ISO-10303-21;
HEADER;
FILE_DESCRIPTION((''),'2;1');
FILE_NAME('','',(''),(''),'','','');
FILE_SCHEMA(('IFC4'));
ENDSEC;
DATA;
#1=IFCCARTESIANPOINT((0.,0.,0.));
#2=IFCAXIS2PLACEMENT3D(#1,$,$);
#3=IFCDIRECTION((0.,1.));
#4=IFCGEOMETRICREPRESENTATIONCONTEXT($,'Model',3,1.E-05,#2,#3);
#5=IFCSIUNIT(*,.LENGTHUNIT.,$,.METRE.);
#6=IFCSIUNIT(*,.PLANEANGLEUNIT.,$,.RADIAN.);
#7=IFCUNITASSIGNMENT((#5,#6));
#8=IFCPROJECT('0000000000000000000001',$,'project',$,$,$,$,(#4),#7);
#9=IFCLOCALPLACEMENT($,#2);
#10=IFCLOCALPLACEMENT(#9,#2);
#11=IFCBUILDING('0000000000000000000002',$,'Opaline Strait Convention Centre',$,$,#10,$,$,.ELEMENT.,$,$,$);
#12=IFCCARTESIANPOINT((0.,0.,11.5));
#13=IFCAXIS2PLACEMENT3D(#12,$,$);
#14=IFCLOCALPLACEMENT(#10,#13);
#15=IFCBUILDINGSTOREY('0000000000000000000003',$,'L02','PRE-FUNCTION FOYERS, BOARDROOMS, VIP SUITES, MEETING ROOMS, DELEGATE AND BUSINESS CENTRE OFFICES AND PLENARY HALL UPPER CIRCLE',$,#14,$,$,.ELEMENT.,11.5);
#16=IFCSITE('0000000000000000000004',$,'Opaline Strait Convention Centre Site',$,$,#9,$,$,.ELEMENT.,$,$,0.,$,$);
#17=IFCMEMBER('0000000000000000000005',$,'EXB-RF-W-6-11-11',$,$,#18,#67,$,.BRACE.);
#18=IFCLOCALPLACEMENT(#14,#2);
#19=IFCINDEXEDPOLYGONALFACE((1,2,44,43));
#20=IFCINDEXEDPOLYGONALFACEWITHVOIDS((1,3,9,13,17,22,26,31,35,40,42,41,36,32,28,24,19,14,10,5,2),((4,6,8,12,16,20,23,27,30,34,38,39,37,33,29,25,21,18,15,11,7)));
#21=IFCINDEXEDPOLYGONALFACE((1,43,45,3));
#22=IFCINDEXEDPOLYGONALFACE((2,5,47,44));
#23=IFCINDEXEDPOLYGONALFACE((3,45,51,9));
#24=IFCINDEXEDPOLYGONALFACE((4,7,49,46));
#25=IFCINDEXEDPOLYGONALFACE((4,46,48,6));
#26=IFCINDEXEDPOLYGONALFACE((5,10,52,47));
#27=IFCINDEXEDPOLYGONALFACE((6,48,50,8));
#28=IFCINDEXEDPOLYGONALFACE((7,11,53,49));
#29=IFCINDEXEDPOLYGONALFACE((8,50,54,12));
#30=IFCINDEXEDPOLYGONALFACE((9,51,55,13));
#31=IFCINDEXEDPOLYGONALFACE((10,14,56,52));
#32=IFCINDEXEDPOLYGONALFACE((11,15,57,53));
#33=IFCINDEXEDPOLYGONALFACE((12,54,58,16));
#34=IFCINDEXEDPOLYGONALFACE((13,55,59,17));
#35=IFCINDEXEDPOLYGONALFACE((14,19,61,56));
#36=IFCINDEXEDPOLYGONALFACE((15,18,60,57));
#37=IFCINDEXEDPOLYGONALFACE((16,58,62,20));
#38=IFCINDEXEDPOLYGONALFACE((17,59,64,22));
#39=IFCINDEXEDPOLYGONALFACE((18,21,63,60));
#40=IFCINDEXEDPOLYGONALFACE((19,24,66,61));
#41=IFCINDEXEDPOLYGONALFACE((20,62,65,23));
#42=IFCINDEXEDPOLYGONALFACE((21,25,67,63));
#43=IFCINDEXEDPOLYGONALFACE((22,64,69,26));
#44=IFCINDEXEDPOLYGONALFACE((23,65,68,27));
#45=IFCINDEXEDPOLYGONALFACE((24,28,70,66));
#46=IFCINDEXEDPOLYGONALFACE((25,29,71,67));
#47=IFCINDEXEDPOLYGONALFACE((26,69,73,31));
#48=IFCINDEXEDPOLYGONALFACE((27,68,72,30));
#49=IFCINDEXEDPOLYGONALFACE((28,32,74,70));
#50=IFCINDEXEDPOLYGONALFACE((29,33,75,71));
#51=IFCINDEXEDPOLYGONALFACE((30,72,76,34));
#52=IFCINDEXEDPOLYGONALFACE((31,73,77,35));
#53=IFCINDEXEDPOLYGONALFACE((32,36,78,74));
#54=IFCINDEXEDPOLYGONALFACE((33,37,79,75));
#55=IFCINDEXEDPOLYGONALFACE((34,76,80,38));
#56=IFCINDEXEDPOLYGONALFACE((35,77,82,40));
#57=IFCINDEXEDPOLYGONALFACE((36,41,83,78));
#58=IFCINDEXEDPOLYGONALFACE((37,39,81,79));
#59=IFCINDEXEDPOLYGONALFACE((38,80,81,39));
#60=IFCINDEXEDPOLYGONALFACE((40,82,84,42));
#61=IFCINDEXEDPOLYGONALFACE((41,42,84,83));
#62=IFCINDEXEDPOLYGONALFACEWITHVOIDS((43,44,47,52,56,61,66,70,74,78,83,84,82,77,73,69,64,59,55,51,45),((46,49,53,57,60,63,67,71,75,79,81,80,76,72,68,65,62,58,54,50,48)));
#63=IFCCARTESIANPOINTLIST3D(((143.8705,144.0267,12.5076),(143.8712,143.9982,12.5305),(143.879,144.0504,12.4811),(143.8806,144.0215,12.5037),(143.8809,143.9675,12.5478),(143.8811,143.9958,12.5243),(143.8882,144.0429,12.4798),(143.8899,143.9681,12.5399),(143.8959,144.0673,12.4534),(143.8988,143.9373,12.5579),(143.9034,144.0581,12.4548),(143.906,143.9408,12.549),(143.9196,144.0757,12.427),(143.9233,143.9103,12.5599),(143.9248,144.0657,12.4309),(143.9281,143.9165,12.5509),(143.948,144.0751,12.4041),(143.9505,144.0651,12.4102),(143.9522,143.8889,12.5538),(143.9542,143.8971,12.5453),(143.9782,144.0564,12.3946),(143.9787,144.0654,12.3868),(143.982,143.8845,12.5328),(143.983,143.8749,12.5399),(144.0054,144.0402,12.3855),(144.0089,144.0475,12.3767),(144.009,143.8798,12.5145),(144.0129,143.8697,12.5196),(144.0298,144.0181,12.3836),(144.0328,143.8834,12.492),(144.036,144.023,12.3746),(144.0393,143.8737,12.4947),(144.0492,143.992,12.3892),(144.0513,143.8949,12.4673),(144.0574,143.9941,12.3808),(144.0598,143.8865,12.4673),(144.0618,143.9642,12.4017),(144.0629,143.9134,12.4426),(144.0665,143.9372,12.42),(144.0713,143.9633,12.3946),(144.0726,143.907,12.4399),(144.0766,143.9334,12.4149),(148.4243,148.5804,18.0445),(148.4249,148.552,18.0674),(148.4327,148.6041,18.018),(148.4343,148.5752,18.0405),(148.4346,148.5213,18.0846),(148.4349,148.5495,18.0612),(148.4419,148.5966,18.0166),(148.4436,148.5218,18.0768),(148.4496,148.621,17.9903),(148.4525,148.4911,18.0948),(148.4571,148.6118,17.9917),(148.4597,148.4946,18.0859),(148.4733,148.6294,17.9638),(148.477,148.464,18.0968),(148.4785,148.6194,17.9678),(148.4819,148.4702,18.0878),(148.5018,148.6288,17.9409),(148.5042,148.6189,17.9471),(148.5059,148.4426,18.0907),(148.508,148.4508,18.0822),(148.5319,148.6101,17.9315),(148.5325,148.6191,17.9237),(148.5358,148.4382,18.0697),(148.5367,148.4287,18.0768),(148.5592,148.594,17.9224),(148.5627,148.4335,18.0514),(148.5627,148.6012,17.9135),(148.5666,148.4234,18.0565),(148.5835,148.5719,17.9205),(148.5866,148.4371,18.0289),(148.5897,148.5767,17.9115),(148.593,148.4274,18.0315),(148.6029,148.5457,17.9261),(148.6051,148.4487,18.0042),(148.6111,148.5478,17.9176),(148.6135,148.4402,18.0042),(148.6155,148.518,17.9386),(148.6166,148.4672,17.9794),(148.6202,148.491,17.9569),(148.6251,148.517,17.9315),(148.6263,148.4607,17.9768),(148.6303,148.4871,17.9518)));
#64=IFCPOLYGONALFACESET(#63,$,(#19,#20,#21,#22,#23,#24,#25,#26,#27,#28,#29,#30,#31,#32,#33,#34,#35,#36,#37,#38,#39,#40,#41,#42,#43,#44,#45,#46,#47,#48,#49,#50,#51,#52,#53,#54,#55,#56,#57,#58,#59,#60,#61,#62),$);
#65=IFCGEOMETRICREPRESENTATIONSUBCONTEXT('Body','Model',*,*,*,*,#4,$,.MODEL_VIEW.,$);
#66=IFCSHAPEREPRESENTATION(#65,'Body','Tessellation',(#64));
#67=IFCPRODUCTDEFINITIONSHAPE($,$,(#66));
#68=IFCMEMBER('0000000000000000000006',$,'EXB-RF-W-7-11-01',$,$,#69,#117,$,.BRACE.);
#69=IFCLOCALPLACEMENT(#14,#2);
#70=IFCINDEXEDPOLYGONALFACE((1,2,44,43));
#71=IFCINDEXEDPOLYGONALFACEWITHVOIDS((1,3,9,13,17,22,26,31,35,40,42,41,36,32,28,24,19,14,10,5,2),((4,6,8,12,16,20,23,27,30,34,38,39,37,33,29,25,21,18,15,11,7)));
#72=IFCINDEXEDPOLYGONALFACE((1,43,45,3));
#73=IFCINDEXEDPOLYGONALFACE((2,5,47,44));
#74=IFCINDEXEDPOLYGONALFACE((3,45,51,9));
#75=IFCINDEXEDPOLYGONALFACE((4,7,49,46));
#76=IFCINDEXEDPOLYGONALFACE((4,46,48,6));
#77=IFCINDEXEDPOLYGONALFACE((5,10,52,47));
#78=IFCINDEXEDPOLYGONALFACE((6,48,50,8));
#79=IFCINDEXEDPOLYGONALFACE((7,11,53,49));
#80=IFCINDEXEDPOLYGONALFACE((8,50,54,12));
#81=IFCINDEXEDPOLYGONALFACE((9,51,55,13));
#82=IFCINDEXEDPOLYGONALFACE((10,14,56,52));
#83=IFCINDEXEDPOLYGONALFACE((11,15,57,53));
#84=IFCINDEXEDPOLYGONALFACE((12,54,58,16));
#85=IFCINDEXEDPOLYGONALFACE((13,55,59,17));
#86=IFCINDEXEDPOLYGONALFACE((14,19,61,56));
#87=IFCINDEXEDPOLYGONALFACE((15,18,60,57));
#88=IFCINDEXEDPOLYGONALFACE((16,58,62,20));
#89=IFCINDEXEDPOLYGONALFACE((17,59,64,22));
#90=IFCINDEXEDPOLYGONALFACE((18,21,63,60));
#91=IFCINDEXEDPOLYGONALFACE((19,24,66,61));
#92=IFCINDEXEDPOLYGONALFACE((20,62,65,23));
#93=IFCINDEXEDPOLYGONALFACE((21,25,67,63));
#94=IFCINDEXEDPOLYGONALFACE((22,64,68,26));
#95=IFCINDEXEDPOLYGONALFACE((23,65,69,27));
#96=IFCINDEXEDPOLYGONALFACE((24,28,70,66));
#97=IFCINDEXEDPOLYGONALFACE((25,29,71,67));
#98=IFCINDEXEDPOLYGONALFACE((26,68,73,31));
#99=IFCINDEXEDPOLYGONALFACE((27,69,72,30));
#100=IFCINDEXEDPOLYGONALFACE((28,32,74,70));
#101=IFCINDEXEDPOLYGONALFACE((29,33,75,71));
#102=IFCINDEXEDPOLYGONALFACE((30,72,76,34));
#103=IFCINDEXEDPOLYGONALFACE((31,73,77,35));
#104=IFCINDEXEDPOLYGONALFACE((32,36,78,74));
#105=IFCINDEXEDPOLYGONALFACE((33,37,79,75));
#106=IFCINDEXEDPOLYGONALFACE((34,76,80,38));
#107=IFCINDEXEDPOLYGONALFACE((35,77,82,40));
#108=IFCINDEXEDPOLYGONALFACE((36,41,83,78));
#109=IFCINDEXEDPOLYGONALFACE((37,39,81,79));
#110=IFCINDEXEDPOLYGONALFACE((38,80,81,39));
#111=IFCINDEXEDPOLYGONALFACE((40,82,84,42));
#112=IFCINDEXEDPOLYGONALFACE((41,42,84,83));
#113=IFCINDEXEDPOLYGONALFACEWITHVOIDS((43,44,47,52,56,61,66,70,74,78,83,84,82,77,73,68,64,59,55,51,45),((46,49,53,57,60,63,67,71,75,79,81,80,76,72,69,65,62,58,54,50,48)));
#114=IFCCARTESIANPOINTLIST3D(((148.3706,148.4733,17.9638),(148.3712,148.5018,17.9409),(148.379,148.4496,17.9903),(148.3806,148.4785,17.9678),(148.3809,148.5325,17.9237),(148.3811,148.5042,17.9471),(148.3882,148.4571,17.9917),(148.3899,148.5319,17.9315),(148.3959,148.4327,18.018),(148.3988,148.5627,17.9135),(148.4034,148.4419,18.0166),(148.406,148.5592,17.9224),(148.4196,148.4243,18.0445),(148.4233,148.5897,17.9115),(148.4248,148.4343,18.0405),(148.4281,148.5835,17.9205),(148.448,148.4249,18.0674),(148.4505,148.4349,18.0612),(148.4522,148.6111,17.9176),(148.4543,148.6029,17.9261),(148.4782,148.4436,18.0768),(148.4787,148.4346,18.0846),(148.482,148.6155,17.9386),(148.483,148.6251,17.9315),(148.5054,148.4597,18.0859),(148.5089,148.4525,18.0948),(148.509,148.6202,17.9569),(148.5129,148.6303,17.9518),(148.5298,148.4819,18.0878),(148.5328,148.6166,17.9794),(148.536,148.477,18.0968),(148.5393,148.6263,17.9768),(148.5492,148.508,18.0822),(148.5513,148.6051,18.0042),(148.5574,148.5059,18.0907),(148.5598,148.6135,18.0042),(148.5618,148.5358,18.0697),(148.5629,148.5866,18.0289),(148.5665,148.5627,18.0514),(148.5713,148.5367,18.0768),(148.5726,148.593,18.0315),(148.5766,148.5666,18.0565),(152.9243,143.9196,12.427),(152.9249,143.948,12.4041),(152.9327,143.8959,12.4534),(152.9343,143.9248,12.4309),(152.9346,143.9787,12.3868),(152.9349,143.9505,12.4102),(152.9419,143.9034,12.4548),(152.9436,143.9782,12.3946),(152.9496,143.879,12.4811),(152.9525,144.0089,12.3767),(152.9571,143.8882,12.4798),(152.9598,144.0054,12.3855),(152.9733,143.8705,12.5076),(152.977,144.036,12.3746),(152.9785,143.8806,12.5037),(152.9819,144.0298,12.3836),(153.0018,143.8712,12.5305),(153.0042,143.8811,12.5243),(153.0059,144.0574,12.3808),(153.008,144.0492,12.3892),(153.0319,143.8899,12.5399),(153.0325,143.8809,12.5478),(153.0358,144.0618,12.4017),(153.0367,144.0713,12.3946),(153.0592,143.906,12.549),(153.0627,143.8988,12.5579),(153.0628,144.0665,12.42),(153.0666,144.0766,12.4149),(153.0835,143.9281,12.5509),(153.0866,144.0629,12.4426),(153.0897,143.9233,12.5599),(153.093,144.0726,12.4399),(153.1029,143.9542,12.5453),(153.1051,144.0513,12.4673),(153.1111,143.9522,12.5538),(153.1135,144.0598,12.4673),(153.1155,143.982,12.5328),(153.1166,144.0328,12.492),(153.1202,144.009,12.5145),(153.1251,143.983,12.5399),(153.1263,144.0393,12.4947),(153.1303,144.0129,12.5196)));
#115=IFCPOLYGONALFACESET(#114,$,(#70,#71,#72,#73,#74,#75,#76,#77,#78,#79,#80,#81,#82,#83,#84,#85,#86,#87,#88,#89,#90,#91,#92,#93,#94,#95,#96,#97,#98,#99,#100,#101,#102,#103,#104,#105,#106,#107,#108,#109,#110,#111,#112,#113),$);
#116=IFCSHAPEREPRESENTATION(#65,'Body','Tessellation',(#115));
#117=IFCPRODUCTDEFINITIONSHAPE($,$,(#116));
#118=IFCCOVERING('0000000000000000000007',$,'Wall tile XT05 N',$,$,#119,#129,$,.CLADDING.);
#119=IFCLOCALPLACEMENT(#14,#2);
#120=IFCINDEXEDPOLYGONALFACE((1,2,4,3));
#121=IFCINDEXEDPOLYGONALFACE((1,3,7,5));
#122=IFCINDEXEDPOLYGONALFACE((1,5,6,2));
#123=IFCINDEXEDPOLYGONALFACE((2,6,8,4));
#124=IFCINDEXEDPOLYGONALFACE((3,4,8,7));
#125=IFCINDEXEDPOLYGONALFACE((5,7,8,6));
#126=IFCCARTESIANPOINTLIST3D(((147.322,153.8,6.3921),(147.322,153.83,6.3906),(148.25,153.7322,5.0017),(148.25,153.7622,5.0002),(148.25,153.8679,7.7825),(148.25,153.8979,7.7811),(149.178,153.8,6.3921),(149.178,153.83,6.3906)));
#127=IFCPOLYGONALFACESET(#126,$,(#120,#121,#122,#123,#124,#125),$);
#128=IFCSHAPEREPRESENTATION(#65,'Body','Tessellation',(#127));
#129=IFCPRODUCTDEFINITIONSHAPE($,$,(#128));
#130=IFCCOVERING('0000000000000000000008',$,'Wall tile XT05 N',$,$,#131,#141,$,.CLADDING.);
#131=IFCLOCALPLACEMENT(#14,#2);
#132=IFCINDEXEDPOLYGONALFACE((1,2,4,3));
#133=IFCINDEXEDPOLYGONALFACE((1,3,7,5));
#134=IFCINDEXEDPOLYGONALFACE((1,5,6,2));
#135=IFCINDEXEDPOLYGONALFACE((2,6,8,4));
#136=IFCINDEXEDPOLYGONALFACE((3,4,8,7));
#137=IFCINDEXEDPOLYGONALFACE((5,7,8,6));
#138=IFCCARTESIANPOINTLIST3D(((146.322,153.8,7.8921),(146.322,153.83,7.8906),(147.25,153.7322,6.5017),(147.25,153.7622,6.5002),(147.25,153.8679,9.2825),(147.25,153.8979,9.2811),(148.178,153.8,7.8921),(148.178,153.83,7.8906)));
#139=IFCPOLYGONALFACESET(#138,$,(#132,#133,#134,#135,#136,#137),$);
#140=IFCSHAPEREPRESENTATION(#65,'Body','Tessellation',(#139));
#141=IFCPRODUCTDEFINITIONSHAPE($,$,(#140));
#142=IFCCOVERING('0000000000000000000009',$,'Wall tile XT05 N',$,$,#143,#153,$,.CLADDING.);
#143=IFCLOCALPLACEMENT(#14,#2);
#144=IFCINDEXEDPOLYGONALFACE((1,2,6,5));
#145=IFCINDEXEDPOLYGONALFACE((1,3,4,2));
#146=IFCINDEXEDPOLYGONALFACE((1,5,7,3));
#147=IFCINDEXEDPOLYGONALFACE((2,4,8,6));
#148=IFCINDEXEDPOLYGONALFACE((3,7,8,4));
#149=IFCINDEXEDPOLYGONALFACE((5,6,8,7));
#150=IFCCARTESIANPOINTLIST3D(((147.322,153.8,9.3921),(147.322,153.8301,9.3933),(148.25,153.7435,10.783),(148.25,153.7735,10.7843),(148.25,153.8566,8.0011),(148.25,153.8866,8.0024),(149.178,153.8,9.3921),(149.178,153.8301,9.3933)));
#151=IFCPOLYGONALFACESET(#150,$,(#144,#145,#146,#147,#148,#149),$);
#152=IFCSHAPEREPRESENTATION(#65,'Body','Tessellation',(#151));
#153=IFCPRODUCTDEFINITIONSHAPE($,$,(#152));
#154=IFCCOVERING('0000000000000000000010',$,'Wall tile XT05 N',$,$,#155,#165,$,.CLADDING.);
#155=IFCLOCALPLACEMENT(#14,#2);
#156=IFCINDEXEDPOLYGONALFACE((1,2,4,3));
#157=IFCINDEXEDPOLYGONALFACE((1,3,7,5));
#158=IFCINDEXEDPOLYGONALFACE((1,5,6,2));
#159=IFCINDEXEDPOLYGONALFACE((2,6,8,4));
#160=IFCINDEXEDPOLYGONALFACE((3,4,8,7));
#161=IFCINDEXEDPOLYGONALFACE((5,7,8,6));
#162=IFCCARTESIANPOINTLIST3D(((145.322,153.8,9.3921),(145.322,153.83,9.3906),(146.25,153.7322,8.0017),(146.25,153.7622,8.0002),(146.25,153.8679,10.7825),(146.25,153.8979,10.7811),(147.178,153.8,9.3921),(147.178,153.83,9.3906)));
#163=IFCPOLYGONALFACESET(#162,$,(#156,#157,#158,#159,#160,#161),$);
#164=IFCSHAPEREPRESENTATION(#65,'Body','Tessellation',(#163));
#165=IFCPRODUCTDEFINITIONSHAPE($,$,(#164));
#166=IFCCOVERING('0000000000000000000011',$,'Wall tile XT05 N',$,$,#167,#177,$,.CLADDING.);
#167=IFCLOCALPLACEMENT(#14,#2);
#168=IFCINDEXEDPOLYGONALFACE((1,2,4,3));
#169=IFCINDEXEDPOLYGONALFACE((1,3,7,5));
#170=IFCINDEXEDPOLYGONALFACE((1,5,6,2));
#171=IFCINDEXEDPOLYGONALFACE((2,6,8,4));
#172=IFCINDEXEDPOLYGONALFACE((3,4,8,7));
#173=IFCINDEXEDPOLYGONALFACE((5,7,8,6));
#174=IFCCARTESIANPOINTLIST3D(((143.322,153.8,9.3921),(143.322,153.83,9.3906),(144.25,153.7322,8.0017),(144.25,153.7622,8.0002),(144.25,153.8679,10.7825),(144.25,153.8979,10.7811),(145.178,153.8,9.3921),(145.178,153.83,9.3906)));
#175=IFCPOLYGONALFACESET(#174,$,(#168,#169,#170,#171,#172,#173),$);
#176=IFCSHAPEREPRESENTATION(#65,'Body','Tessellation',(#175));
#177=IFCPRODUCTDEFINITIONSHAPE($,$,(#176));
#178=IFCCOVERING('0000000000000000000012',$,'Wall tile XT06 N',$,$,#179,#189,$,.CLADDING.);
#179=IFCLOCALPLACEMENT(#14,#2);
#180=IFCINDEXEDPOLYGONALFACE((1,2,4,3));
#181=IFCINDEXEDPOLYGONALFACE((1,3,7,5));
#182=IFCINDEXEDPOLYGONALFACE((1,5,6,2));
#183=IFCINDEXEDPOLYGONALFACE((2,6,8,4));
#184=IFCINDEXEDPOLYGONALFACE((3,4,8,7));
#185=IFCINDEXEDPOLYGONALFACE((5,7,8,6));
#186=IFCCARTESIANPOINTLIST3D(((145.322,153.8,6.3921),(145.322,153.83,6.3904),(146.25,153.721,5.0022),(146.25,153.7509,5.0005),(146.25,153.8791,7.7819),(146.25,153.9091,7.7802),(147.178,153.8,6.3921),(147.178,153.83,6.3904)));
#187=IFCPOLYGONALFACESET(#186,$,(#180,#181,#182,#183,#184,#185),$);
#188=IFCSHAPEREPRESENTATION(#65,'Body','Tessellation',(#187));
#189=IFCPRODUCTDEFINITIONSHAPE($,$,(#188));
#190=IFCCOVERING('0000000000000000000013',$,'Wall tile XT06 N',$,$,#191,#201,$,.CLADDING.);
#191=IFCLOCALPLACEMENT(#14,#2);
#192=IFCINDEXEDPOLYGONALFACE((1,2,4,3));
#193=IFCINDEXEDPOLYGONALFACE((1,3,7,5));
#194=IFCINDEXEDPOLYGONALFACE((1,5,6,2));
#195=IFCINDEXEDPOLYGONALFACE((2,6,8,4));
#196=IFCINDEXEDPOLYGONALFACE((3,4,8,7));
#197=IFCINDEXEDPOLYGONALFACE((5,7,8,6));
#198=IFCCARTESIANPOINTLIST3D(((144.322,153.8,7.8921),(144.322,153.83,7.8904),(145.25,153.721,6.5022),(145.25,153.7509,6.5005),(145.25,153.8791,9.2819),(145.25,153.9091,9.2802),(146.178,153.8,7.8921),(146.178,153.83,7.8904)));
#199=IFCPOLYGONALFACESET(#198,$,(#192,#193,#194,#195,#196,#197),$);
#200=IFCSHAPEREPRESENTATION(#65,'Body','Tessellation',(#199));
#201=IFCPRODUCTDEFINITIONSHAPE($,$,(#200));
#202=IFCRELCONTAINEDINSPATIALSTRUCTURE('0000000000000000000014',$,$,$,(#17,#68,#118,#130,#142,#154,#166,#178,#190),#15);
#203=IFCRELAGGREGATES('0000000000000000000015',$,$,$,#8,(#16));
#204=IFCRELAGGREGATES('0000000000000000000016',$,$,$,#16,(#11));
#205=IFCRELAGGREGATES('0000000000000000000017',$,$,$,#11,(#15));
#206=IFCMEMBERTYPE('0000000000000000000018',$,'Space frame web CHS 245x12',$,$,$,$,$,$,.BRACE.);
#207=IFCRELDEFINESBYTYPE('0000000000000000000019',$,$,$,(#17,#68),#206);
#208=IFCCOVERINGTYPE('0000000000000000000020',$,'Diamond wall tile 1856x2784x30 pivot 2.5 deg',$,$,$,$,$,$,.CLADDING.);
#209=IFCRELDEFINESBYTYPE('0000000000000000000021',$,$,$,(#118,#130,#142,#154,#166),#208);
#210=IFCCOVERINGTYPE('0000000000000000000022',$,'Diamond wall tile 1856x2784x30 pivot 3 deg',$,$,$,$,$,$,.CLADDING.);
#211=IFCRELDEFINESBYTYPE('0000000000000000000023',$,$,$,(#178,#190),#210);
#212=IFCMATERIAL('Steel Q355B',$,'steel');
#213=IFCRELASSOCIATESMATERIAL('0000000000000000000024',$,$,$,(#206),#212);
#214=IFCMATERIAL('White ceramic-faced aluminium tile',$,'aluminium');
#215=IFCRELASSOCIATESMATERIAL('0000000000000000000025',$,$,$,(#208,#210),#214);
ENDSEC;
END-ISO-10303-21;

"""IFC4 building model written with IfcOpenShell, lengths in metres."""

from ifc_helpers import new_model, si_unit, direction, frame, origin, origin_2d, place, context, subcontext, project, spatial, polyline, hollow_circle, outline, extrude, material, material_profile, profile_set, type_object, element, save


model = new_model("IFC4")

# Units and contexts
model_context = context("Model", 3, precision=1e-05, world=origin(), true_north=direction((0.0, 1.0)))
body_context = subcontext(model_context, "Body", "Model", "MODEL_VIEW")
ifc_project = project(units=[si_unit("LENGTHUNIT", "METRE"), si_unit("PLANEANGLEUNIT", "RADIAN")], contexts=[model_context])

# Site, building, storey
site_placement = place(None, origin())
site = spatial("IfcSite", under=ifc_project, at=site_placement, Name="Opaline Strait Convention Centre Site", CompositionType="ELEMENT", RefElevation=0.0)
building_placement = place(site_placement, origin())
building = spatial("IfcBuilding", under=site, at=building_placement, Name="Opaline Strait Convention Centre", CompositionType="ELEMENT")
storey_placement = place(building_placement, frame((0.0, 0.0, 11.5)))
storey = spatial("IfcBuildingStorey", under=building, at=storey_placement, Name="L02", Description="PRE-FUNCTION FOYERS, BOARDROOMS, VIP SUITES, MEETING ROOMS, DELEGATE AND BUSINESS CENTRE OFFICES AND PLENARY HALL UPPER CIRCLE", CompositionType="ELEMENT", Elevation=11.5)

# Members
ifc_material_1 = material(Name="Steel Q355B", Category="steel")
ifc_material_profile_1 = material_profile(ifc_material_1, hollow_circle(Radius=0.1226, WallThickness=0.012, at=origin_2d()), Name="CHS 245x12")
ifc_profile_set_1 = profile_set([ifc_material_profile_1], Name="Steel Q355B")
member_type_1 = type_object("IfcMemberType", Name="Space frame web CHS 245x12", PredefinedType="BRACE", material=ifc_profile_set_1)
for number, where, z_axis, x_axis, name in (
    (1, (148.5269, 148.5269, 18.0042), (-0.536178, -0.536178, -0.65194), (0.707107, -0.707107, 0.0), "EXB-RF-W-6-11-11"),
    (2, (148.4731, 148.5269, 18.0042), (0.536178, -0.536178, -0.65194), (0.707107, 0.707107, 0.0), "EXB-RF-W-7-11-01"),
):
    element("IfcMember", number, at=place(storey_placement, frame(where, z_axis=z_axis, x_axis=x_axis)), inside=storey, type_object=member_type_1, Name=name, PredefinedType="BRACE", context=body_context, shape_type="SweptSolid", body=[
        extrude(hollow_circle(Radius=0.1226, WallThickness=0.012, at=origin_2d()), origin(), (0.0, 0.0, 1.0), 8.4929),
    ])

# Coverings
ifc_material_2 = material(Name="White ceramic-faced aluminium tile", Category="aluminium")
ifc_material_profile_2 = material_profile(ifc_material_2, outline(polyline([(0.928, 0.0), (0.0, 1.3921), (-0.928, 0.0), (0.0, -1.3921), (0.928, 0.0)])), Name="Diamond tile 1856x2784")
ifc_profile_set_2 = profile_set([ifc_material_profile_2], Name="White ceramic-faced aluminium tile")
covering_type_1 = type_object("IfcCoveringType", Name="Diamond wall tile 1856x2784x30 pivot 2.5 deg", PredefinedType="CLADDING", material=ifc_profile_set_2)
for number, where, z_axis, x_axis, name in (
    (3, (148.25, 153.8, 6.3921), (0.0, 0.998812, -0.048723), (-1.0, 0.0, 0.0), "Wall tile XT05 N"),
    (4, (147.25, 153.8, 7.8921), (0.0, 0.998812, -0.048723), (-1.0, 0.0, 0.0), "Wall tile XT05 N"),
    (5, (148.25, 153.8, 9.3921), (0.0, 0.999175, 0.040617), (-1.0, 0.0, 0.0), "Wall tile XT05 N"),
    (6, (146.25, 153.8, 9.3921), (0.0, 0.998812, -0.048723), (-1.0, 0.0, 0.0), "Wall tile XT05 N"),
    (7, (144.25, 153.8, 9.3921), (0.0, 0.998812, -0.048723), (-1.0, 0.0, 0.0), "Wall tile XT05 N"),
):
    element("IfcCovering", number, at=place(storey_placement, frame(where, z_axis=z_axis, x_axis=x_axis)), inside=storey, type_object=covering_type_1, Name=name, PredefinedType="CLADDING", context=body_context, shape_type="SweptSolid", body=[
        extrude(outline(polyline([(0.928, 0.0), (0.0, 1.3921), (-0.928, 0.0), (0.0, -1.3921), (0.928, 0.0)])), origin(), (0.0, 0.0, 1.0), 0.03),
    ])
ifc_material_profile_3 = material_profile(ifc_material_2, outline(polyline([(0.928, 0.0), (0.0, 1.3921), (-0.928, 0.0), (0.0, -1.3921), (0.928, 0.0)])), Name="Diamond tile 1856x2784")
ifc_profile_set_3 = profile_set([ifc_material_profile_3], Name="White ceramic-faced aluminium tile")
covering_type_2 = type_object("IfcCoveringType", Name="Diamond wall tile 1856x2784x30 pivot 3 deg", PredefinedType="CLADDING", material=ifc_profile_set_3)
for number, where, z_axis, x_axis, name in (
    (8, (146.25, 153.8, 6.3921), (0.0, 0.998385, -0.056819), (-1.0, 0.0, 0.0), "Wall tile XT06 N"),
    (9, (145.25, 153.8, 7.8921), (0.0, 0.998385, -0.056819), (-1.0, 0.0, 0.0), "Wall tile XT06 N"),
):
    element("IfcCovering", number, at=place(storey_placement, frame(where, z_axis=z_axis, x_axis=x_axis)), inside=storey, type_object=covering_type_2, Name=name, PredefinedType="CLADDING", context=body_context, shape_type="SweptSolid", body=[
        extrude(outline(polyline([(0.928, 0.0), (0.0, 1.3921), (-0.928, 0.0), (0.0, -1.3921), (0.928, 0.0)])), origin(), (0.0, 0.0, 1.0), 0.03),
    ])

save(model, "model.ifc")
